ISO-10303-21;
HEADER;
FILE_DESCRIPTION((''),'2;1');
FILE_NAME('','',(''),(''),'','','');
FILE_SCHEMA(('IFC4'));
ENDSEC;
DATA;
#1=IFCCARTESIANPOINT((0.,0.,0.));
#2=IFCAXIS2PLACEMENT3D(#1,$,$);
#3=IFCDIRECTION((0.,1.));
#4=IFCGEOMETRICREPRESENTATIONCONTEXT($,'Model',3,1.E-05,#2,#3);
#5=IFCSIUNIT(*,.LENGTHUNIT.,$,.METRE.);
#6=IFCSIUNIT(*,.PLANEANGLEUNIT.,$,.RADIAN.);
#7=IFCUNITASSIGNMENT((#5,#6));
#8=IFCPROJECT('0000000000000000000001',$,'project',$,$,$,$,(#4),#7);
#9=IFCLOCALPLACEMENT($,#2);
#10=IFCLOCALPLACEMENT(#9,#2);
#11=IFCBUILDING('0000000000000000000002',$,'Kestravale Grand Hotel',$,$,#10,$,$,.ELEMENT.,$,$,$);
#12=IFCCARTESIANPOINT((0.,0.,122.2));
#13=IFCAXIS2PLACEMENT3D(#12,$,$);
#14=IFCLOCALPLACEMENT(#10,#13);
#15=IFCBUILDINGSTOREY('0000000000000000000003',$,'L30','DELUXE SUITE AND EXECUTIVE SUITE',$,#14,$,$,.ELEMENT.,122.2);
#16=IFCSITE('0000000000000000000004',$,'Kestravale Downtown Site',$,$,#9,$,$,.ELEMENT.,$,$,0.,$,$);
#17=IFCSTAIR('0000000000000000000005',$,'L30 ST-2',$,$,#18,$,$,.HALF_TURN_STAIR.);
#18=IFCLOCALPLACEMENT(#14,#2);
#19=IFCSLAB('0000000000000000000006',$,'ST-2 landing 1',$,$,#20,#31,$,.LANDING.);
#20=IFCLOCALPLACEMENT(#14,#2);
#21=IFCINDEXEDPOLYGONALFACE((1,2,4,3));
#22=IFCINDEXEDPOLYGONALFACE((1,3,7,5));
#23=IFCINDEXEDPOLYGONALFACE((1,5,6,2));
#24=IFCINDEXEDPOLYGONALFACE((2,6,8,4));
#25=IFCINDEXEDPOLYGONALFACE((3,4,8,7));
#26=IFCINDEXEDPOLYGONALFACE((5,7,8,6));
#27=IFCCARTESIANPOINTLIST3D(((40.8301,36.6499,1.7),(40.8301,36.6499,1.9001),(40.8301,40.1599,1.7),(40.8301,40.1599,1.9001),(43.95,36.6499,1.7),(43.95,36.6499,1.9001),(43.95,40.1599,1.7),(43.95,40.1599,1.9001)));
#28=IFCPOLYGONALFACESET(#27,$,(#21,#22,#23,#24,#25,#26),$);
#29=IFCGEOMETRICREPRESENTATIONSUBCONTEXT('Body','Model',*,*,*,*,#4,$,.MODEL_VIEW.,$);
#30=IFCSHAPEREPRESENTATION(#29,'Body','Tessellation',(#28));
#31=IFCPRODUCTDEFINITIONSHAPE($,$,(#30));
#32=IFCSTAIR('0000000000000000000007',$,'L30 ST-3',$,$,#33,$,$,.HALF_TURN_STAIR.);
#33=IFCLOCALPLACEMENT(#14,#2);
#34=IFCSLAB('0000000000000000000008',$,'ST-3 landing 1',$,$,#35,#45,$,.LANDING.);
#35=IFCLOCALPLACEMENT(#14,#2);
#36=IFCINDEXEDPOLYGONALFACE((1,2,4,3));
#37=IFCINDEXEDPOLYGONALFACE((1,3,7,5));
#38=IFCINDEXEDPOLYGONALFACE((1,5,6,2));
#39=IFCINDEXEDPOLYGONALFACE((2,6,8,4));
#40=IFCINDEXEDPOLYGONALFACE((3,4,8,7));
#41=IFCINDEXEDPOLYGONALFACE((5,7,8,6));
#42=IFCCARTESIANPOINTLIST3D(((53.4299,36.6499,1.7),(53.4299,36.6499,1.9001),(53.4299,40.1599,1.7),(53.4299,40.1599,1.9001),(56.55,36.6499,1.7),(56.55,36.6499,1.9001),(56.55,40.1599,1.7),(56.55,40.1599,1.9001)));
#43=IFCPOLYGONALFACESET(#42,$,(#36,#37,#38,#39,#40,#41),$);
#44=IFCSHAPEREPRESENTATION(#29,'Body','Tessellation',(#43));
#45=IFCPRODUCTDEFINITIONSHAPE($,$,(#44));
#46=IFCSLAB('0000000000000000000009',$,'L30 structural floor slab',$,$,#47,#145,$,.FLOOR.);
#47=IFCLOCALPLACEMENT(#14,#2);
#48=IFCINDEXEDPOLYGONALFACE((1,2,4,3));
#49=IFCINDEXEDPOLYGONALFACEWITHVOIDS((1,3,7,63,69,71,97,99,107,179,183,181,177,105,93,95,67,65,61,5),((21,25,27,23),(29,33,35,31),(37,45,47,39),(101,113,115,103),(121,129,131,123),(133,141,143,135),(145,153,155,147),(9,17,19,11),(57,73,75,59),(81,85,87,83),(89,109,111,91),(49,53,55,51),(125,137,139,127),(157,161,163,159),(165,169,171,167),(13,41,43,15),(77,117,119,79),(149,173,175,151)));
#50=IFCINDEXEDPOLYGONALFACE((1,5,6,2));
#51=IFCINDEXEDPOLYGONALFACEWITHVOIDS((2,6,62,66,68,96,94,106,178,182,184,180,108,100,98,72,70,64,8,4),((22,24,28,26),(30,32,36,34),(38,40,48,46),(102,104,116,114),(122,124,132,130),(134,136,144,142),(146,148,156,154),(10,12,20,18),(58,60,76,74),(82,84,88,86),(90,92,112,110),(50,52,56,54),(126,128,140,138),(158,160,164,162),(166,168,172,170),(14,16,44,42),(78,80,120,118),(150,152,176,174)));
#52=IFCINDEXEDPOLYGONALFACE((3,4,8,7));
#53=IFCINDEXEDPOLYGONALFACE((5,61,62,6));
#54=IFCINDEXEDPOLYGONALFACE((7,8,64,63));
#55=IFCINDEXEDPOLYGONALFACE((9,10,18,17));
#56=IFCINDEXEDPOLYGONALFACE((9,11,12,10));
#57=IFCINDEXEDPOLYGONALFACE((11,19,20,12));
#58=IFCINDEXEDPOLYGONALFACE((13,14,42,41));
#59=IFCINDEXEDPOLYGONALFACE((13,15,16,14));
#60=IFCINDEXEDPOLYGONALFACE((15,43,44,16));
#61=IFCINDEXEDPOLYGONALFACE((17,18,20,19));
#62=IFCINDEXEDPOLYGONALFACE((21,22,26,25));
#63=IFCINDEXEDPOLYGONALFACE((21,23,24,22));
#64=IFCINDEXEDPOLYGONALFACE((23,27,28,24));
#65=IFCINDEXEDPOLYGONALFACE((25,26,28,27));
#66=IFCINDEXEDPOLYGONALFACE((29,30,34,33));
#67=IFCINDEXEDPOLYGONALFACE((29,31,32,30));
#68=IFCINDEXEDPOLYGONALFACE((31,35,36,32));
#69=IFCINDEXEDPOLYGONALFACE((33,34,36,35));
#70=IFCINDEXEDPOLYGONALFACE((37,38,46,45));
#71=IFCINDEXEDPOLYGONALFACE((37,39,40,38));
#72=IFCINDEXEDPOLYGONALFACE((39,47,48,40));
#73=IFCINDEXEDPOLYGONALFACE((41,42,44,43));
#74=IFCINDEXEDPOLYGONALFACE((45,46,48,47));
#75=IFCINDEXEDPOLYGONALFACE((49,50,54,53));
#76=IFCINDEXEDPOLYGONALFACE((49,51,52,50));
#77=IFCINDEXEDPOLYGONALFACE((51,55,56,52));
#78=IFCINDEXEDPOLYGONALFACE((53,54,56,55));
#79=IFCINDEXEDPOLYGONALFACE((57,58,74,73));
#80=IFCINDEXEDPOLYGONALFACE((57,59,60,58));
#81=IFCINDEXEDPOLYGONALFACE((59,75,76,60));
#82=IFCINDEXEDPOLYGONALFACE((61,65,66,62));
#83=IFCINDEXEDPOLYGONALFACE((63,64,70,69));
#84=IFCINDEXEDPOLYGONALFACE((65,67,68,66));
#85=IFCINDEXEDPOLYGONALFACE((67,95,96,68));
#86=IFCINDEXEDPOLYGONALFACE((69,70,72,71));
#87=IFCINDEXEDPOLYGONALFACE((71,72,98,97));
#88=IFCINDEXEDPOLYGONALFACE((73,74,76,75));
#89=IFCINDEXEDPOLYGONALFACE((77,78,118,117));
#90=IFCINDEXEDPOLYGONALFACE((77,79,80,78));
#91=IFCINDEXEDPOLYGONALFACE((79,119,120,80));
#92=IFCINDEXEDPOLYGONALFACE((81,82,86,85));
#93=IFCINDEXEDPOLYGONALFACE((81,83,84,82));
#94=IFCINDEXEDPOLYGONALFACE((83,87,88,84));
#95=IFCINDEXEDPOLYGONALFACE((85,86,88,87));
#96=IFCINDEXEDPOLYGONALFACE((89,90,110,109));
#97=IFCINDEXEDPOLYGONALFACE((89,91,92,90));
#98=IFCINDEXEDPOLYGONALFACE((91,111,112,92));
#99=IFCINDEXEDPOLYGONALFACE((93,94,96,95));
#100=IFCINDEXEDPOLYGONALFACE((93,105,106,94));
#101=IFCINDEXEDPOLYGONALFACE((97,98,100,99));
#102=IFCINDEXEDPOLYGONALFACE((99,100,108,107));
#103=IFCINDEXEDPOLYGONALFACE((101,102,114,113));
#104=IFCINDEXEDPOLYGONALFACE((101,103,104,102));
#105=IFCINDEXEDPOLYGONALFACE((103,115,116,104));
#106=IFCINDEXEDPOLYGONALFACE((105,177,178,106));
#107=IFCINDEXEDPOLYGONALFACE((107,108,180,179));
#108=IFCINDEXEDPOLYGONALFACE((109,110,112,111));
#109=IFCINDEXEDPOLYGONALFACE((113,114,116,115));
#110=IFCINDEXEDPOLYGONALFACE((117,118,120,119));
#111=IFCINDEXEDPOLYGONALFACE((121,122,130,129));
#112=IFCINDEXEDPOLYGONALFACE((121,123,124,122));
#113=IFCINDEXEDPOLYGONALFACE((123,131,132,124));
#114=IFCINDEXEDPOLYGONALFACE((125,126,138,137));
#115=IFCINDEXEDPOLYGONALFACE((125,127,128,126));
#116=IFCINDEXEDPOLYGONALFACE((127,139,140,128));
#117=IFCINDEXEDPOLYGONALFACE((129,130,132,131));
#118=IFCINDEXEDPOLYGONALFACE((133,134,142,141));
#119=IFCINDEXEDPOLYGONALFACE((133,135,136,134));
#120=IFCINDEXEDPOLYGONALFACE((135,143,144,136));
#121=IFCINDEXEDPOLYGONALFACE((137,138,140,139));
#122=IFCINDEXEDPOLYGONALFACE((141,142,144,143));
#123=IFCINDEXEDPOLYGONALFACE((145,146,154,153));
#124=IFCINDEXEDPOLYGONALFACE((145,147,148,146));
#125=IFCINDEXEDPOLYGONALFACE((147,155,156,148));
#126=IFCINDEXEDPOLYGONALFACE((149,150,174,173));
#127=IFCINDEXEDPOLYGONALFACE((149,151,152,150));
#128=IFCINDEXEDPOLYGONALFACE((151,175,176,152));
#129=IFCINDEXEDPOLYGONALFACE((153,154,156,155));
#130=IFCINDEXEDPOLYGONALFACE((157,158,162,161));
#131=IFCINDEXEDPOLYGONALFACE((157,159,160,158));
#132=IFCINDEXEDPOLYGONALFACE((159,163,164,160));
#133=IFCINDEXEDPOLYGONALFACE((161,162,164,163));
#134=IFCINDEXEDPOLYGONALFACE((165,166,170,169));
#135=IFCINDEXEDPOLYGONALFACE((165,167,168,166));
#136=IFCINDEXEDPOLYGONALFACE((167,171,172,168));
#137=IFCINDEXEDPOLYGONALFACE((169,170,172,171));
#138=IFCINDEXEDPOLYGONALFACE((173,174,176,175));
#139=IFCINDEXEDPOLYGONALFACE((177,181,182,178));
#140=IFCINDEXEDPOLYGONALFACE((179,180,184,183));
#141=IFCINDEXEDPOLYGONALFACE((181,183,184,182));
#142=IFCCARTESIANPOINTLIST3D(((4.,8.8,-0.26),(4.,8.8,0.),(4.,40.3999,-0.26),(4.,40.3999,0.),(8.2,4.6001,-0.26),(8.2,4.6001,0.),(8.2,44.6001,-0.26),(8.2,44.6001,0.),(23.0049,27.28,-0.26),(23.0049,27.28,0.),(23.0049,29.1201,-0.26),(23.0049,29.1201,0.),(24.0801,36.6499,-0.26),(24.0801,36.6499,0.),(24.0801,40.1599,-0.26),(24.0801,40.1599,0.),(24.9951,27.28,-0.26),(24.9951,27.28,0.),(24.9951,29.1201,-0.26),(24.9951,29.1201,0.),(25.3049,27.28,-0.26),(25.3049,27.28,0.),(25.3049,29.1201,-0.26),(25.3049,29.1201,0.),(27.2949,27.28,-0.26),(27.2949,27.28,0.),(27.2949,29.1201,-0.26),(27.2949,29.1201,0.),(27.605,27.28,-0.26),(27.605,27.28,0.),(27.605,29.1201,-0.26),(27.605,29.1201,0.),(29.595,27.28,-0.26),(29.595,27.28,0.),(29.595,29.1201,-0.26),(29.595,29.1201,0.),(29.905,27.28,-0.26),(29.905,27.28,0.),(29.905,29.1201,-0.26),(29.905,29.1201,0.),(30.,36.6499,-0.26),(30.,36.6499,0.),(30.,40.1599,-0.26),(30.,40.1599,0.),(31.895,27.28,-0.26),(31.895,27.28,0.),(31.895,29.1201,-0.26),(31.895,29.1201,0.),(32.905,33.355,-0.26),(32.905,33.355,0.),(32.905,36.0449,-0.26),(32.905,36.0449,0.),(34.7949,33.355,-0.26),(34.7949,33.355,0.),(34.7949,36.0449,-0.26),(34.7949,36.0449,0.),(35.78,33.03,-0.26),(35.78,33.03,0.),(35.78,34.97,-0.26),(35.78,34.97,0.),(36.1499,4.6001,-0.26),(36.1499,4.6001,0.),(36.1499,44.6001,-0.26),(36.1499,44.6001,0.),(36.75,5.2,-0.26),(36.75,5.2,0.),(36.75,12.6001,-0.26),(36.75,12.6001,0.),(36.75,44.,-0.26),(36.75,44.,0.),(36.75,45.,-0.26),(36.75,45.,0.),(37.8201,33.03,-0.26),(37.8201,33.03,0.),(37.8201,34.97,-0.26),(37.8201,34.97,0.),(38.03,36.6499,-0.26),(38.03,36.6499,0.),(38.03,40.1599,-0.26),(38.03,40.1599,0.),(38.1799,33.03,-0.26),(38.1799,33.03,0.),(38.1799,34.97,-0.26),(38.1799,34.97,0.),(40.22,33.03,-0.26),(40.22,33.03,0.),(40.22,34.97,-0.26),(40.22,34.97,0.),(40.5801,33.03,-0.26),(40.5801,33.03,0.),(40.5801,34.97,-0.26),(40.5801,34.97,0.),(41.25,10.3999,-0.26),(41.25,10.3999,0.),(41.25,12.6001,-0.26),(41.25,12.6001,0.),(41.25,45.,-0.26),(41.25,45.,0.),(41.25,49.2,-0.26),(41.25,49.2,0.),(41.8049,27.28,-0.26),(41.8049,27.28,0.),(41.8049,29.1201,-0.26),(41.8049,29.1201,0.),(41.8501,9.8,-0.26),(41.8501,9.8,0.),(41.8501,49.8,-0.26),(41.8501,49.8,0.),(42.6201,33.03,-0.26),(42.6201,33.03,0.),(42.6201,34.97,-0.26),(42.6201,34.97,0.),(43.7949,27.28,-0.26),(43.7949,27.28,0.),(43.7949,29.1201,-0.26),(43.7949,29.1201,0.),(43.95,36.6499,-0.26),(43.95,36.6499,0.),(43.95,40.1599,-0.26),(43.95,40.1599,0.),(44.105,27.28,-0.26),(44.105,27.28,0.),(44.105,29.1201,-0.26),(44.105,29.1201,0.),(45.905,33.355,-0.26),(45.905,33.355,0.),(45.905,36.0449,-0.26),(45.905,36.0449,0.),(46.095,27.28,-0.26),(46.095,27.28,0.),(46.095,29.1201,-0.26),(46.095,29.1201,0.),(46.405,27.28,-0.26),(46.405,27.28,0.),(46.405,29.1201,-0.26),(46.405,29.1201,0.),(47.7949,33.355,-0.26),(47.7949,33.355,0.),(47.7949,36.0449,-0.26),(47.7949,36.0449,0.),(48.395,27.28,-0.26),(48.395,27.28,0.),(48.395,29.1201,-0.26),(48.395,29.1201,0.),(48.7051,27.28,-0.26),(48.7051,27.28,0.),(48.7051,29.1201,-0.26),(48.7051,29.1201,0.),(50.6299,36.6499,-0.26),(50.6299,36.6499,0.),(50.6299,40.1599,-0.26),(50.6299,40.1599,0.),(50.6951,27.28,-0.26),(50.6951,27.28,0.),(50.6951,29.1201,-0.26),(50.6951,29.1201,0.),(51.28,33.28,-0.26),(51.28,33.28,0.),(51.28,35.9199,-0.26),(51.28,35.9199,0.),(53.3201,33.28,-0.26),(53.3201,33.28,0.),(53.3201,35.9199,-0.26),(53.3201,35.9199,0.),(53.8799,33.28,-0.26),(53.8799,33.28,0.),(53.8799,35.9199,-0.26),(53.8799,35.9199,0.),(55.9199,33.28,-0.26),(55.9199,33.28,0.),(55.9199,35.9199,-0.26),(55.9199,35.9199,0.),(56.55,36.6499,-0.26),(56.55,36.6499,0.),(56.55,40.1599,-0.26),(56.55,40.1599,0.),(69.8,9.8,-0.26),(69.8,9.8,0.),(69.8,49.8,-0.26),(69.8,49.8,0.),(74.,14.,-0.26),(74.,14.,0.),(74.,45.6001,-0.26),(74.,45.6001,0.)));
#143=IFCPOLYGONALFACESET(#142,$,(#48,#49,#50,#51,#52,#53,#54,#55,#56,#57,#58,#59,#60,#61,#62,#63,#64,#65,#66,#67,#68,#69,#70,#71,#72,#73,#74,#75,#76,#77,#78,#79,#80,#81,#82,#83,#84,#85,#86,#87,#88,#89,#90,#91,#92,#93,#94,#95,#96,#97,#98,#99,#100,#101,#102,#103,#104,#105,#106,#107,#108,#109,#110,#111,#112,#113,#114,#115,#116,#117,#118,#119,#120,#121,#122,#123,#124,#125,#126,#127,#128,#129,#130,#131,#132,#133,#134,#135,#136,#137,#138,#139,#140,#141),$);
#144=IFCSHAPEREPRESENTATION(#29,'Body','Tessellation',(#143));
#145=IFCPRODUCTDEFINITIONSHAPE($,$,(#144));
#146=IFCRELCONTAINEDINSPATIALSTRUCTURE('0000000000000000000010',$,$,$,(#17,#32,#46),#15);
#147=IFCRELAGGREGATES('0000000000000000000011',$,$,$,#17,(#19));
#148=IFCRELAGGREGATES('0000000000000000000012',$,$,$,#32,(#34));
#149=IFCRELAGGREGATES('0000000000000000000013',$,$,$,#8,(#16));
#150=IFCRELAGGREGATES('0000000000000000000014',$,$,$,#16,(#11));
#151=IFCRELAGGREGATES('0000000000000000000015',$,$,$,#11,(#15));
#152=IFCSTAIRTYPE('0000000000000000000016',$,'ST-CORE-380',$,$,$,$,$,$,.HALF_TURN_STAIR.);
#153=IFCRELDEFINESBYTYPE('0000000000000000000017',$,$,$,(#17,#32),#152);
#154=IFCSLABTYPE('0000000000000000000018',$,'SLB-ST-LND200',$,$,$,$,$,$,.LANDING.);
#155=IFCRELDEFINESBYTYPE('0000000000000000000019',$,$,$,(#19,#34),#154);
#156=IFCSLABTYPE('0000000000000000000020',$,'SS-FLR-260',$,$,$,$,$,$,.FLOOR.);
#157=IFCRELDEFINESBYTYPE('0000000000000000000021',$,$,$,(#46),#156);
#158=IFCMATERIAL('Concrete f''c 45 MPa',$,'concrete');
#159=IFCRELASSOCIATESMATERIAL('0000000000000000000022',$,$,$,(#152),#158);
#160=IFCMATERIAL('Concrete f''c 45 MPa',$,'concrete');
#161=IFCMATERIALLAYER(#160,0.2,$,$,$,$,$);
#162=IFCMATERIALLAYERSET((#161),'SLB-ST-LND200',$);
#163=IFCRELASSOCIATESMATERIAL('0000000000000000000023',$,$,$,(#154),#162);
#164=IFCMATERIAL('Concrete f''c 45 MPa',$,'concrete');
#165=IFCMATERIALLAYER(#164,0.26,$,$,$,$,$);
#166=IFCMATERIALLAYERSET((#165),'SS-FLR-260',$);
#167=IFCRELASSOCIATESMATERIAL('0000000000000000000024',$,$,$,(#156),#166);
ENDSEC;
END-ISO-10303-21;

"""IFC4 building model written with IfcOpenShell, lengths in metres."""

from ifc_helpers import new_model, si_unit, direction, frame, origin, place, context, subcontext, project, spatial, polyline, outline, extrude, material, layer, layer_set, type_object, element, aggregate, save


model = new_model("IFC4")

# Units and contexts
model_context = context("Model", 3, precision=1e-05, world=origin(), true_north=direction((0.0, 1.0)))
body_context = subcontext(model_context, "Body", "Model", "MODEL_VIEW")
ifc_project = project(units=[si_unit("LENGTHUNIT", "METRE"), si_unit("PLANEANGLEUNIT", "RADIAN")], contexts=[model_context])

# Site, building, storey
site_placement = place(None, origin())
site = spatial("IfcSite", under=ifc_project, at=site_placement, Name="Kestravale Downtown Site", CompositionType="ELEMENT", RefElevation=0.0)
building_placement = place(site_placement, origin())
building = spatial("IfcBuilding", under=site, at=building_placement, Name="Kestravale Grand Hotel", CompositionType="ELEMENT")
storey_placement = place(building_placement, frame((0.0, 0.0, 122.2)))
storey = spatial("IfcBuildingStorey", under=building, at=storey_placement, Name="L30", Description="DELUXE SUITE AND EXECUTIVE SUITE", CompositionType="ELEMENT", Elevation=122.2)

# Stairs, slabs
ifc_material_1 = material(Name="Concrete f'c 45 MPa", Category="concrete")
stair_type = type_object("IfcStairType", Name="ST-CORE-380", PredefinedType="HALF_TURN_STAIR", material=ifc_material_1)
ifc_material_2 = material(Name="Concrete f'c 45 MPa", Category="concrete")
ifc_layer_1 = layer(ifc_material_2, 0.2)
ifc_layer_set_1 = layer_set([ifc_layer_1], Name="SLB-ST-LND200")
slab_type_1 = type_object("IfcSlabType", Name="SLB-ST-LND200", PredefinedType="LANDING", material=ifc_layer_set_1)
stair_1_placement = place(storey_placement, origin())
stair_1 = element("IfcStair", 1, at=stair_1_placement, inside=storey, type_object=stair_type, Name="L30 ST-2", PredefinedType="HALF_TURN_STAIR")
slab_1_placement = place(storey_placement, frame((0.0, 0.0, 1.7)))
slab_1 = element("IfcSlab", 2, at=slab_1_placement, type_object=slab_type_1, Name="ST-2 landing 1", PredefinedType="LANDING", context=body_context, shape_type="SweptSolid", body=[
    extrude(outline(polyline([(40.8301, 36.6499), (43.95, 36.6499), (43.95, 40.1599), (40.8301, 40.1599), (40.8301, 36.6499)])), origin(), (0.0, 0.0, 1.0), 0.2002),
])
aggregate(stair_1, [slab_1])
stair_2_placement = place(storey_placement, origin())
stair_2 = element("IfcStair", 3, at=stair_2_placement, inside=storey, type_object=stair_type, Name="L30 ST-3", PredefinedType="HALF_TURN_STAIR")
slab_2_placement = place(storey_placement, frame((0.0, 0.0, 1.7)))
slab_2 = element("IfcSlab", 4, at=slab_2_placement, type_object=slab_type_1, Name="ST-3 landing 1", PredefinedType="LANDING", context=body_context, shape_type="SweptSolid", body=[
    extrude(outline(polyline([(53.4299, 36.6499), (56.55, 36.6499), (56.55, 40.1599), (53.4299, 40.1599), (53.4299, 36.6499)])), origin(), (0.0, 0.0, 1.0), 0.2002),
])
aggregate(stair_2, [slab_2])

# Slab
ifc_material_3 = material(Name="Concrete f'c 45 MPa", Category="concrete")
ifc_layer_2 = layer(ifc_material_3, 0.26)
ifc_layer_set_2 = layer_set([ifc_layer_2], Name="SS-FLR-260")
slab_type_2 = type_object("IfcSlabType", Name="SS-FLR-260", PredefinedType="FLOOR", material=ifc_layer_set_2)
slab_3_placement = place(storey_placement, frame((0.0, 0.0, -0.26)))
element("IfcSlab", 5, at=slab_3_placement, inside=storey, type_object=slab_type_2, Name="L30 structural floor slab", PredefinedType="FLOOR", context=body_context, shape_type="SweptSolid", body=[
    extrude(outline(polyline([(8.2, 4.6001), (36.1499, 4.6001), (36.75, 5.2), (36.75, 12.6001), (41.25, 12.6001), (41.25, 10.3999), (41.8501, 9.8), (69.8, 9.8), (74.0, 14.0), (74.0, 45.6001), (69.8, 49.8), (41.8501, 49.8), (41.25, 49.2), (41.25, 45.0), (36.75, 45.0), (36.75, 44.0), (36.1499, 44.6001), (8.2, 44.6001), (4.0, 40.3999), (4.0, 8.8), (8.2, 4.6001)]), holes=[polyline([(24.0801, 36.6499), (30.0, 36.6499), (30.0, 40.1599), (24.0801, 40.1599), (24.0801, 36.6499)]), polyline([(38.03, 36.6499), (43.95, 36.6499), (43.95, 40.1599), (38.03, 40.1599), (38.03, 36.6499)]), polyline([(50.6299, 36.6499), (56.55, 36.6499), (56.55, 40.1599), (50.6299, 40.1599), (50.6299, 36.6499)]), polyline([(23.0049, 27.28), (24.9951, 27.28), (24.9951, 29.1201), (23.0049, 29.1201), (23.0049, 27.28)]), polyline([(25.3049, 27.28), (27.2949, 27.28), (27.2949, 29.1201), (25.3049, 29.1201), (25.3049, 27.28)]), polyline([(27.605, 27.28), (29.595, 27.28), (29.595, 29.1201), (27.605, 29.1201), (27.605, 27.28)]), polyline([(29.905, 27.28), (31.895, 27.28), (31.895, 29.1201), (29.905, 29.1201), (29.905, 27.28)]), polyline([(41.8049, 27.28), (43.7949, 27.28), (43.7949, 29.1201), (41.8049, 29.1201), (41.8049, 27.28)]), polyline([(44.105, 27.28), (46.095, 27.28), (46.095, 29.1201), (44.105, 29.1201), (44.105, 27.28)]), polyline([(46.405, 27.28), (48.395, 27.28), (48.395, 29.1201), (46.405, 29.1201), (46.405, 27.28)]), polyline([(48.7051, 27.28), (50.6951, 27.28), (50.6951, 29.1201), (48.7051, 29.1201), (48.7051, 27.28)]), polyline([(35.78, 33.03), (37.8201, 33.03), (37.8201, 34.97), (35.78, 34.97), (35.78, 33.03)]), polyline([(38.1799, 33.03), (40.22, 33.03), (40.22, 34.97), (38.1799, 34.97), (38.1799, 33.03)]), polyline([(40.5801, 33.03), (42.6201, 33.03), (42.6201, 34.97), (40.5801, 34.97), (40.5801, 33.03)]), polyline([(32.905, 33.355), (34.7949, 33.355), (34.7949, 36.0449), (32.905, 36.0449), (32.905, 33.355)]), polyline([(45.905, 33.355), (47.7949, 33.355), (47.7949, 36.0449), (45.905, 36.0449), (45.905, 33.355)]), polyline([(51.28, 33.28), (53.3201, 33.28), (53.3201, 35.9199), (51.28, 35.9199), (51.28, 33.28)]), polyline([(53.8799, 33.28), (55.9199, 33.28), (55.9199, 35.9199), (53.8799, 35.9199), (53.8799, 33.28)])]), origin(), (0.0, 0.0, 1.0), 0.26),
])

save(model, "model.ifc")
